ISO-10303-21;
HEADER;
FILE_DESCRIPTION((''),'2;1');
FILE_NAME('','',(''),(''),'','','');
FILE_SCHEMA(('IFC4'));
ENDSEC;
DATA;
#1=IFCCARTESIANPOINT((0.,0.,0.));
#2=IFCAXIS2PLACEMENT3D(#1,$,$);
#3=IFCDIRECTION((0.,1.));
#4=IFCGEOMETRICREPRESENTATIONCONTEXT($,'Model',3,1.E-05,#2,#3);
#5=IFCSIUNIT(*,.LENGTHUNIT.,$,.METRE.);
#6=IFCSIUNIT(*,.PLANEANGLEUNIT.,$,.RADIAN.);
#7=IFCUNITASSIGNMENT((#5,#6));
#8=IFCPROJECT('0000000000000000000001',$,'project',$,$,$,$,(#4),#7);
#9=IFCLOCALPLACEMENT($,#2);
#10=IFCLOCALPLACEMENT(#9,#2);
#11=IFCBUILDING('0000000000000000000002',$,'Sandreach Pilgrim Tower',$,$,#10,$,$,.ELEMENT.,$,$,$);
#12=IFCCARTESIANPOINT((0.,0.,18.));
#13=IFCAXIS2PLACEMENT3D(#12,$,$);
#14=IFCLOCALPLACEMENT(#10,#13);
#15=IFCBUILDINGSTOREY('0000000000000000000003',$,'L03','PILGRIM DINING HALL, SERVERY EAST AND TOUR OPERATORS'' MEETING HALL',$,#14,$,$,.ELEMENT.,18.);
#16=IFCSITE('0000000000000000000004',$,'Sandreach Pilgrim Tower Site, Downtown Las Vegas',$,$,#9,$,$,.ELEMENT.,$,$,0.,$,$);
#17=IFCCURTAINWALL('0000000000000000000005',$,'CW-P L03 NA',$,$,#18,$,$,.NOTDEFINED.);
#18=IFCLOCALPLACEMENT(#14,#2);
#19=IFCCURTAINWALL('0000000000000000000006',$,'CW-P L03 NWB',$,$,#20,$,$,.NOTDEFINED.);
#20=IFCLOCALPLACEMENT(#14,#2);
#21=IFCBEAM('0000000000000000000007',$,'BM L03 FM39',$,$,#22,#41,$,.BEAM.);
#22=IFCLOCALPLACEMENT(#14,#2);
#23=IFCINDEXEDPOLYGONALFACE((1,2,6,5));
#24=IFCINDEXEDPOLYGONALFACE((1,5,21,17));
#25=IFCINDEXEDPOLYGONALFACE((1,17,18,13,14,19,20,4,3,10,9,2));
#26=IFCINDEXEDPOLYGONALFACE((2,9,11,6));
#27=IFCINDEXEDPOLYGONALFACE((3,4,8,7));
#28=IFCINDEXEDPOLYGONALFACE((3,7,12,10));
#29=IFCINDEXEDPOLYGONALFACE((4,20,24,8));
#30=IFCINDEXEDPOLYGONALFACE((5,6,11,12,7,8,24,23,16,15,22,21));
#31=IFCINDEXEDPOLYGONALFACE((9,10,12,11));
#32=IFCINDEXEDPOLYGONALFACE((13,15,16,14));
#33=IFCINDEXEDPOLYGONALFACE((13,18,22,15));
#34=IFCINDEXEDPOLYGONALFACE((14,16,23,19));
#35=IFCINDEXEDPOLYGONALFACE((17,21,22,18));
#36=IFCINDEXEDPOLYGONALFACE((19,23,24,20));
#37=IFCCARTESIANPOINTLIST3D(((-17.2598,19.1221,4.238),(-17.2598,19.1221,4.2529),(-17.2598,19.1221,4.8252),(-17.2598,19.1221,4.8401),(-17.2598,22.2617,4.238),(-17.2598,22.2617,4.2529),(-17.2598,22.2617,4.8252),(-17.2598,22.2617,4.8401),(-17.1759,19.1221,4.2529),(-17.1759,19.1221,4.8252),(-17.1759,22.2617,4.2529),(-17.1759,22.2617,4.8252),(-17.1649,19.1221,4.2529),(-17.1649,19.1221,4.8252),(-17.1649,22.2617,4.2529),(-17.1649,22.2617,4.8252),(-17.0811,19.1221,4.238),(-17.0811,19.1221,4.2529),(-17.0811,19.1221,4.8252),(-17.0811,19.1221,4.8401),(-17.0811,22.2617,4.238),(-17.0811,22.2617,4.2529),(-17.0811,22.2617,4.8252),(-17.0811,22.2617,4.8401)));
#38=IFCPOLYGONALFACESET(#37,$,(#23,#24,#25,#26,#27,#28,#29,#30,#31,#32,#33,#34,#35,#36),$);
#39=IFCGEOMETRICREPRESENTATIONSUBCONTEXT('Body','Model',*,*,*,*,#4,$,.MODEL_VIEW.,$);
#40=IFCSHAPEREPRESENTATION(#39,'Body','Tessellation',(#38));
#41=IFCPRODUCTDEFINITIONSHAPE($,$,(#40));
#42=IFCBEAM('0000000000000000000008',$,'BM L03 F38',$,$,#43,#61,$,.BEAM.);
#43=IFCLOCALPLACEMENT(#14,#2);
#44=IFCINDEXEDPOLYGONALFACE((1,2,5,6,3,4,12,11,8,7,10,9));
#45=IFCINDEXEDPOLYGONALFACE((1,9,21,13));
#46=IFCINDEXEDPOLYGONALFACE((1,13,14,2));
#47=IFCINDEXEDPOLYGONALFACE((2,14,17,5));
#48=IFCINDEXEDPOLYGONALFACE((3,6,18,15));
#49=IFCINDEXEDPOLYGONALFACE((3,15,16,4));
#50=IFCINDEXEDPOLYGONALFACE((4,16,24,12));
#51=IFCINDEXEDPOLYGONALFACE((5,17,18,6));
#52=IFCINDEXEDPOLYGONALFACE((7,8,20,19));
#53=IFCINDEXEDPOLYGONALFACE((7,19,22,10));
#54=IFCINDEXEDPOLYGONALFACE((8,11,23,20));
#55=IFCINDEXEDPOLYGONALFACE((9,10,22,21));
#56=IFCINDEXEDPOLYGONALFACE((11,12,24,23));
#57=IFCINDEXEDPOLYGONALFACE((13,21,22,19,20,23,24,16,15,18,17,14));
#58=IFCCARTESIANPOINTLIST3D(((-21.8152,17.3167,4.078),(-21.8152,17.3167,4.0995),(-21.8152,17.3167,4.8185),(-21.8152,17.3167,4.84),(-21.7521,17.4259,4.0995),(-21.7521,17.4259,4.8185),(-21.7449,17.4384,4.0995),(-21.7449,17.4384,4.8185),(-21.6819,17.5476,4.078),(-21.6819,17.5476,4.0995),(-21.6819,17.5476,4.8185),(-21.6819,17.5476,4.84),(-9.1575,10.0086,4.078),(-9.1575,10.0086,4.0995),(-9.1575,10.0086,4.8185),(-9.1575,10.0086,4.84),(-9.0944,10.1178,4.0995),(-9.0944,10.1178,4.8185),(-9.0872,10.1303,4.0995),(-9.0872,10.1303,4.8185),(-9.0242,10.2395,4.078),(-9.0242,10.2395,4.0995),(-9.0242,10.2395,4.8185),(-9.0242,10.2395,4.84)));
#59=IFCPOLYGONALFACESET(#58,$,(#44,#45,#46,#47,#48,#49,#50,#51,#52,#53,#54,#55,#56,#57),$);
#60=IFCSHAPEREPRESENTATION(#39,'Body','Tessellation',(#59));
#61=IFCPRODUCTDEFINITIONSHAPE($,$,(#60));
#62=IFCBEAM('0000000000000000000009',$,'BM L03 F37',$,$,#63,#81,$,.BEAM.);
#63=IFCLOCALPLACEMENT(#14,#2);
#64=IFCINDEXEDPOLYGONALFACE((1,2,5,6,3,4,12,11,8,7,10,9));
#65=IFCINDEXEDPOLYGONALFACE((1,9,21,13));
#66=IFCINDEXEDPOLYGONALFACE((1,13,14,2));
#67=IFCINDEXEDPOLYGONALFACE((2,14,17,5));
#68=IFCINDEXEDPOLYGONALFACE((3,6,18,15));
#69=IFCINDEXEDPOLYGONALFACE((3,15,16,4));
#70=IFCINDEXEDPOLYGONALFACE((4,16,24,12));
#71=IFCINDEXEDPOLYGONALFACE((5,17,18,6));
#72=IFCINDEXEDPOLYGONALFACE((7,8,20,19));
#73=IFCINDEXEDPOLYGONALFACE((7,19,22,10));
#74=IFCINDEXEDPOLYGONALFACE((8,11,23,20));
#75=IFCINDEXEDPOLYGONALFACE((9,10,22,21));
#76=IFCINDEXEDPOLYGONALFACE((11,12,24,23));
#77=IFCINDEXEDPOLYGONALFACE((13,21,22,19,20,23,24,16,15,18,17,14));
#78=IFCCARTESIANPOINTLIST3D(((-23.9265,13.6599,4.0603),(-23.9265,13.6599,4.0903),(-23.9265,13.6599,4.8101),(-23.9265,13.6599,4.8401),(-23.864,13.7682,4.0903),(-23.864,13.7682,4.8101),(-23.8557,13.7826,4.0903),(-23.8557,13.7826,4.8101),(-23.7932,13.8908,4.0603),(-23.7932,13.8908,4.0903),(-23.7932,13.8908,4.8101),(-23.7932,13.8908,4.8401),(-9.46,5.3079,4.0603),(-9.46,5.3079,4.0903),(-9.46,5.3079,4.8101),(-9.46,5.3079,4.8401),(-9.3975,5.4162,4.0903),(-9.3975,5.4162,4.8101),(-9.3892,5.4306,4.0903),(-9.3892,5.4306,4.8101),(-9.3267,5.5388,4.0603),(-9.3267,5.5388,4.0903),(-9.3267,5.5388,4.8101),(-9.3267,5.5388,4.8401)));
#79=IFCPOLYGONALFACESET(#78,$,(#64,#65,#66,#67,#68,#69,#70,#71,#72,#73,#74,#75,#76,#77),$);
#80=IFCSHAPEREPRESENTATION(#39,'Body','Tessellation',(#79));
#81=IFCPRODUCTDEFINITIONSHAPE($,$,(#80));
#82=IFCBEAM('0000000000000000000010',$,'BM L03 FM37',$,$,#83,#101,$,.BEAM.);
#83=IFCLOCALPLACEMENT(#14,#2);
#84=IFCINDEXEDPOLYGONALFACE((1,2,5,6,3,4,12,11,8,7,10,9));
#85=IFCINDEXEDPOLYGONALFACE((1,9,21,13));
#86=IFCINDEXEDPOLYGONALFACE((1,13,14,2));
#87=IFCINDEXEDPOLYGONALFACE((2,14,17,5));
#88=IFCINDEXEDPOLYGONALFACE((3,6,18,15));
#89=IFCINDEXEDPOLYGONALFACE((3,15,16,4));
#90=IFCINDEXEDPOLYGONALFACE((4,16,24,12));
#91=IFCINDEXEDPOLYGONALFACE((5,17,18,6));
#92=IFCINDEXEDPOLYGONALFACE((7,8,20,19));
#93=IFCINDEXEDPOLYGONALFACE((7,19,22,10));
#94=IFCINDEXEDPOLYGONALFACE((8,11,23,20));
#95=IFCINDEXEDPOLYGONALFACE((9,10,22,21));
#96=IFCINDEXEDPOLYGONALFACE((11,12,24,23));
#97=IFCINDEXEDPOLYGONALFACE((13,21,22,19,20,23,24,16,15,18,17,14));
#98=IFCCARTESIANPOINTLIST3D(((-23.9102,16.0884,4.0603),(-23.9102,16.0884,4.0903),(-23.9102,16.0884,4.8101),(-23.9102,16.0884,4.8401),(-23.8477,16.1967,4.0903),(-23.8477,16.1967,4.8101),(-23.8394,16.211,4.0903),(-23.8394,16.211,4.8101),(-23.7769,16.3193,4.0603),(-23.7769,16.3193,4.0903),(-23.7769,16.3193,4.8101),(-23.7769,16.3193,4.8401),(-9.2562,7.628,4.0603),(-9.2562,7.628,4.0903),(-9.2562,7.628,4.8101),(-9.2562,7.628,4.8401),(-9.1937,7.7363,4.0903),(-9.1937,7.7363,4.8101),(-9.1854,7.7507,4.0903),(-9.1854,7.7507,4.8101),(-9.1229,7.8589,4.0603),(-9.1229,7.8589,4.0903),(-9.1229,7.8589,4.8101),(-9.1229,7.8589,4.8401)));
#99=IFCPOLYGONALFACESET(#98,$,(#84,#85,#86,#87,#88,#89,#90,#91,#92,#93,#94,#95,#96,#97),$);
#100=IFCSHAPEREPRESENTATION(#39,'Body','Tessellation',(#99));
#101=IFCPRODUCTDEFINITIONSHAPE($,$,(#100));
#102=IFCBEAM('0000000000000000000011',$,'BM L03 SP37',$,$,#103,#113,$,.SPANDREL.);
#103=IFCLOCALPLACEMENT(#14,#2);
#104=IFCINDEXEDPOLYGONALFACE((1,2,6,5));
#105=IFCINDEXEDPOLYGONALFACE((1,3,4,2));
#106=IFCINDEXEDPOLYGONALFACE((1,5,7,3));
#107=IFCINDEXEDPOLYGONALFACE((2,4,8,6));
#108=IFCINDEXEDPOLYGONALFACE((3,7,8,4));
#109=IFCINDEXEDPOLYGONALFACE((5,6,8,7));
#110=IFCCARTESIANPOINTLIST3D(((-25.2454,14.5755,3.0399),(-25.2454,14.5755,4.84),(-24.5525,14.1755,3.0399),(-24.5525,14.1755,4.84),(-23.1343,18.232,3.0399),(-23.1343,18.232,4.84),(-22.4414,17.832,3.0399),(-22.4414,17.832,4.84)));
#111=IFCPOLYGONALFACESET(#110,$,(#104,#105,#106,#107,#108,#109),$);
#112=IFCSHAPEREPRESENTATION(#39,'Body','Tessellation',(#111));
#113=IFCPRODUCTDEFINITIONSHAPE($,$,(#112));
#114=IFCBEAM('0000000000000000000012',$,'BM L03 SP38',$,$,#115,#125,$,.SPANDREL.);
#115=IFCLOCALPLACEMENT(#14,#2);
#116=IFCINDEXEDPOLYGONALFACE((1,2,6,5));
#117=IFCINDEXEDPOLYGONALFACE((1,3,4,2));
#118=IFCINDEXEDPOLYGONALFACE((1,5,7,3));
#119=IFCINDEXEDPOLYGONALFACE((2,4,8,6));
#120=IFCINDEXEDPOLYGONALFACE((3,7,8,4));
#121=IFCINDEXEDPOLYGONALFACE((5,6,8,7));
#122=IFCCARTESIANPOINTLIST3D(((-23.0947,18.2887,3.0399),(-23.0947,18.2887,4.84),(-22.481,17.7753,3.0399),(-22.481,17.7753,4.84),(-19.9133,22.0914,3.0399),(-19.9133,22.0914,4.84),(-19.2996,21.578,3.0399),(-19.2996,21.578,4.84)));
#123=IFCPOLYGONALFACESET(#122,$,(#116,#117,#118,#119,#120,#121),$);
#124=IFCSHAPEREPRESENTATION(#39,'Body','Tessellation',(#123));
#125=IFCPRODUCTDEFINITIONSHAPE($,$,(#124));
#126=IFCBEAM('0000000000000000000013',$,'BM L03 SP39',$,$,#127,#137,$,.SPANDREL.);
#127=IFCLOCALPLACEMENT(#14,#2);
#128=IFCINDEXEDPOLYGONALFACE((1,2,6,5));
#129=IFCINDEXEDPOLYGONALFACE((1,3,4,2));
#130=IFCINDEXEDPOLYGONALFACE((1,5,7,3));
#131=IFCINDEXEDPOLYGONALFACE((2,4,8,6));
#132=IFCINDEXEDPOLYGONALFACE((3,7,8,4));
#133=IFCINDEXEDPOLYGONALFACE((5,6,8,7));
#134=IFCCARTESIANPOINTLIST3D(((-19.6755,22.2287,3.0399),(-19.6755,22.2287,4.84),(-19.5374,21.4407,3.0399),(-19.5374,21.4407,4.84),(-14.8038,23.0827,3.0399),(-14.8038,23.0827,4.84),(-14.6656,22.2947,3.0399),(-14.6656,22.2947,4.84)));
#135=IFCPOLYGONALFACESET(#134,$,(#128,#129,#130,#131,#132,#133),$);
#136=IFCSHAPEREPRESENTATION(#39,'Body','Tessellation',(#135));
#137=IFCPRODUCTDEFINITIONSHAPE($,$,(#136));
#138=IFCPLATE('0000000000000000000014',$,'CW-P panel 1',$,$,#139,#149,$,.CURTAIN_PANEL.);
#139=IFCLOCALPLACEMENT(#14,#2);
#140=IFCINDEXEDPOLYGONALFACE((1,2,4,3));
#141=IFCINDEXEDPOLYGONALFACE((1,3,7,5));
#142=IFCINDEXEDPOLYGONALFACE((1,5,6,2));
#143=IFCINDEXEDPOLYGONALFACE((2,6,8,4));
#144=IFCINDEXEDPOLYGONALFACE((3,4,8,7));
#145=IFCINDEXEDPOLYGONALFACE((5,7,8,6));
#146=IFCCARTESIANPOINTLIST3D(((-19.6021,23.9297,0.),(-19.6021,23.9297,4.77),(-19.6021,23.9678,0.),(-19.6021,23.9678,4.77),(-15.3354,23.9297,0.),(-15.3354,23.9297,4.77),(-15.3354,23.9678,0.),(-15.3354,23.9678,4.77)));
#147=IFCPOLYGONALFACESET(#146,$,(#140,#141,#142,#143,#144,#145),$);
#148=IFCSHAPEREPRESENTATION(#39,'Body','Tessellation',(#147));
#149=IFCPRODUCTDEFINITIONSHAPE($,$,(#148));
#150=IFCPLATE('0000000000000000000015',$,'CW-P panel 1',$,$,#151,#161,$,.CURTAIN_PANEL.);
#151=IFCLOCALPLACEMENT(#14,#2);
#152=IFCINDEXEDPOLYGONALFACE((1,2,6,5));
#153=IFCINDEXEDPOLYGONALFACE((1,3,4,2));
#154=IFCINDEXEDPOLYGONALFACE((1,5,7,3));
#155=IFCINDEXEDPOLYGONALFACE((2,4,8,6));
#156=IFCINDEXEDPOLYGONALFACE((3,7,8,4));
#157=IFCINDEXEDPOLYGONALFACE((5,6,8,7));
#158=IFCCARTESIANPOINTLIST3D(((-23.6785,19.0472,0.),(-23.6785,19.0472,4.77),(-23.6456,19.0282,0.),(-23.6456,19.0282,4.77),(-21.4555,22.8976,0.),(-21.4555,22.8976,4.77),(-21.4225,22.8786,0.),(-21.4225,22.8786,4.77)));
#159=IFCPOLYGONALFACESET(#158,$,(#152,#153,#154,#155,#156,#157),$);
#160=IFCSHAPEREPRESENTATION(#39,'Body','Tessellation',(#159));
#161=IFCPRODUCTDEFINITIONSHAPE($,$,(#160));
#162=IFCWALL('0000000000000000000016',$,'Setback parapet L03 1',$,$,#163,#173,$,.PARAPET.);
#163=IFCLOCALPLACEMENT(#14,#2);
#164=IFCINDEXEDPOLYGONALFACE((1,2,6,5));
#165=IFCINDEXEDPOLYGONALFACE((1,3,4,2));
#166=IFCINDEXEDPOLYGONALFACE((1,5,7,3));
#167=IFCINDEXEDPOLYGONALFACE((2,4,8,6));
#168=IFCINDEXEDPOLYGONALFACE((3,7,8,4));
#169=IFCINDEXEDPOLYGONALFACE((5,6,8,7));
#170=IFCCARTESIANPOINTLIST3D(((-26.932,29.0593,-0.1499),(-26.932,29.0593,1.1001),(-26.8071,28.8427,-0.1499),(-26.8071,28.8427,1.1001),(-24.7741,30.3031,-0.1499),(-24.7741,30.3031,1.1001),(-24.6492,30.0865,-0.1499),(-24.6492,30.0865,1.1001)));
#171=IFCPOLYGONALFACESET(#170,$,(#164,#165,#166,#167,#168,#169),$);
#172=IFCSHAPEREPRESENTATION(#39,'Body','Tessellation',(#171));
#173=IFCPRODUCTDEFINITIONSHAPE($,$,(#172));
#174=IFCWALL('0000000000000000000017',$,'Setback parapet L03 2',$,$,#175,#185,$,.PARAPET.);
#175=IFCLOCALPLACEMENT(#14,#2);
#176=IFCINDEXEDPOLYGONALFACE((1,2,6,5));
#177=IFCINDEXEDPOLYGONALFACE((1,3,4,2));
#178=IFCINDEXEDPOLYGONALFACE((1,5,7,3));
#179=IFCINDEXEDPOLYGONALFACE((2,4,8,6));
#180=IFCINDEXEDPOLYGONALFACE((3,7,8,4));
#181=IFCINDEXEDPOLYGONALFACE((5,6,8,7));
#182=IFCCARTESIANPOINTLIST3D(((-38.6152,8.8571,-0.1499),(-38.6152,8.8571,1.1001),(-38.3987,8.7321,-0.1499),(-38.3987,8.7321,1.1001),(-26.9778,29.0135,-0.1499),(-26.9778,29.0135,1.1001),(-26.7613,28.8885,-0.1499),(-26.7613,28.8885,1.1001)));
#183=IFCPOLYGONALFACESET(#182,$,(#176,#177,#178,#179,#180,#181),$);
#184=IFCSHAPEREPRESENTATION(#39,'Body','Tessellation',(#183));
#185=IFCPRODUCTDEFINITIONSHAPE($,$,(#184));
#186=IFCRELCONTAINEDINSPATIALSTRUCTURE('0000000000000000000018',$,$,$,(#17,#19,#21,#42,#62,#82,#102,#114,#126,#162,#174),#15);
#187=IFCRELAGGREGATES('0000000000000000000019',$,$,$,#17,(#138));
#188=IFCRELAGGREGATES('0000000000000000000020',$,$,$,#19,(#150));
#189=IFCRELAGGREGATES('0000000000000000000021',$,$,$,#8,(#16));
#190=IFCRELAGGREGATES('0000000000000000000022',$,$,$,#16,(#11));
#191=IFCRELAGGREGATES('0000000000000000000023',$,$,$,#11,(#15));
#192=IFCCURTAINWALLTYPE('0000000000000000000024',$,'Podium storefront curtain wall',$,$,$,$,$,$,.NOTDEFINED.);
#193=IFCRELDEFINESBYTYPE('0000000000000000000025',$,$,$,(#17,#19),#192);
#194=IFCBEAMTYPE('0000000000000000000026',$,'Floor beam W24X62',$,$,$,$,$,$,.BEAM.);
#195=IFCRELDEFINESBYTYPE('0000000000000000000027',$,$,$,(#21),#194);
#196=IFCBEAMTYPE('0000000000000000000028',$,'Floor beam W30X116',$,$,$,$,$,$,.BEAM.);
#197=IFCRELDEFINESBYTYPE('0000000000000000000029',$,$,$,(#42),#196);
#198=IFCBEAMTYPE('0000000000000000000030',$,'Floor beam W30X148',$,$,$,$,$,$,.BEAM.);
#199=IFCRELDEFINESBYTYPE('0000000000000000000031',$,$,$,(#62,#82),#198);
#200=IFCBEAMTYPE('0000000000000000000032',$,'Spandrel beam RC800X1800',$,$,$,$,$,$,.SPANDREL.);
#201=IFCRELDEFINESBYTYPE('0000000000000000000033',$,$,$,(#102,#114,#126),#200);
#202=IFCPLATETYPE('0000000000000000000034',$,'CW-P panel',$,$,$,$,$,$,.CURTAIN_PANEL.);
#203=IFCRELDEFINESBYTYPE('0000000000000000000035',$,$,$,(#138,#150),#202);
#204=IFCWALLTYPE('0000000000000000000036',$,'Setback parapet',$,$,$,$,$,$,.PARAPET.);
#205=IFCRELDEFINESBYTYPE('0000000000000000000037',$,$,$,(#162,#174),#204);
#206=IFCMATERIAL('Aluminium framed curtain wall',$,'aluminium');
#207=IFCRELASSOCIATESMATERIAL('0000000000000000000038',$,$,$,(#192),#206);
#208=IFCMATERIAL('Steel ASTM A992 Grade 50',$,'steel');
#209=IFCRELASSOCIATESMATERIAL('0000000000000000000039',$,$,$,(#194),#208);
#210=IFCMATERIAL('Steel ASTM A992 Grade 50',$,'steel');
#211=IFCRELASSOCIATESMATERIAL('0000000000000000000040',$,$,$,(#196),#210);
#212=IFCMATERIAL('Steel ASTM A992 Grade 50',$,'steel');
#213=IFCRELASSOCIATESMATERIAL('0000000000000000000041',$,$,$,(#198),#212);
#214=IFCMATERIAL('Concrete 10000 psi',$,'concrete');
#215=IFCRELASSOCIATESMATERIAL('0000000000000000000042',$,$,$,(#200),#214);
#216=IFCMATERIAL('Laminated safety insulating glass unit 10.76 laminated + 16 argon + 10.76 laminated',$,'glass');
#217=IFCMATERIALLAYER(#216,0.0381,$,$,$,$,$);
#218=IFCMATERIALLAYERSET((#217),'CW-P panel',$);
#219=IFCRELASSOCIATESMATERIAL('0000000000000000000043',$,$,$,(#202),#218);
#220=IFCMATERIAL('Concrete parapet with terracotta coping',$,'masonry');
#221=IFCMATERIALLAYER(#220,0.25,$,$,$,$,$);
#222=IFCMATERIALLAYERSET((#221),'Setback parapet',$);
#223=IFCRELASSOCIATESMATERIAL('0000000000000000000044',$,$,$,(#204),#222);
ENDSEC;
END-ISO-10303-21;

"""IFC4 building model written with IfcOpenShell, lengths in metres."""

from ifc_helpers import new_model, si_unit, direction, frame, frame_2d, origin, origin_2d, place, context, subcontext, project, spatial, rectangle, i_section, extrude, material, layer, layer_set, material_profile, profile_set, type_object, element, aggregate, save


model = new_model("IFC4")

# Units and contexts
model_context = context("Model", 3, precision=1e-05, world=origin(), true_north=direction((0.0, 1.0)))
body_context = subcontext(model_context, "Body", "Model", "MODEL_VIEW")
ifc_project = project(units=[si_unit("LENGTHUNIT", "METRE"), si_unit("PLANEANGLEUNIT", "RADIAN")], contexts=[model_context])

# Site, building, storey
site_placement = place(None, origin())
site = spatial("IfcSite", under=ifc_project, at=site_placement, Name="Sandreach Pilgrim Tower Site, Downtown Las Vegas", CompositionType="ELEMENT", RefElevation=0.0)
building_placement = place(site_placement, origin())
building = spatial("IfcBuilding", under=site, at=building_placement, Name="Sandreach Pilgrim Tower", CompositionType="ELEMENT")
storey_placement = place(building_placement, frame((0.0, 0.0, 18.0)))
storey = spatial("IfcBuildingStorey", under=building, at=storey_placement, Name="L03", Description="PILGRIM DINING HALL, SERVERY EAST AND TOUR OPERATORS' MEETING HALL", CompositionType="ELEMENT", Elevation=18.0)

# Curtain wall
ifc_material_1 = material(Name="Aluminium framed curtain wall", Category="aluminium")
curtain_wall_type = type_object("IfcCurtainWallType", Name="Podium storefront curtain wall", PredefinedType="NOTDEFINED", material=ifc_material_1)
curtain_wall_1_placement = place(storey_placement, origin())
curtain_wall_1 = element("IfcCurtainWall", 1, at=curtain_wall_1_placement, inside=storey, type_object=curtain_wall_type, Name="CW-P L03 NA", PredefinedType="NOTDEFINED")

# Curtain wall
curtain_wall_2_placement = place(storey_placement, origin())
curtain_wall_2 = element("IfcCurtainWall", 2, at=curtain_wall_2_placement, inside=storey, type_object=curtain_wall_type, Name="CW-P L03 NWB", PredefinedType="NOTDEFINED")

# Beams
ifc_material_2 = material(Name="Steel ASTM A992 Grade 50", Category="steel")
ifc_material_profile_1 = material_profile(ifc_material_2, i_section(OverallWidth=0.1787, OverallDepth=0.6021, WebThickness=0.011, FlangeThickness=0.0149, at=origin_2d()), Name="W24X62")
ifc_profile_set_1 = profile_set([ifc_material_profile_1], Name="Steel ASTM A992 Grade 50")
beam_type_1 = type_object("IfcBeamType", Name="Floor beam W24X62", PredefinedType="BEAM", material=ifc_profile_set_1)
beam_1_placement = place(storey_placement, frame((-17.1704, 22.2617, 4.5391), z_axis=(0.0, -1.0, 0.0), x_axis=(1.0, 0.0, 0.0)))
element("IfcBeam", 3, at=beam_1_placement, inside=storey, type_object=beam_type_1, Name="BM L03 FM39", PredefinedType="BEAM", context=body_context, shape_type="SweptSolid", body=[
    extrude(i_section(OverallWidth=0.1787, OverallDepth=0.6021, WebThickness=0.011, FlangeThickness=0.0149, at=origin_2d()), origin(), (0.0, 0.0, 1.0), 3.1396),
])
ifc_material_3 = material(Name="Steel ASTM A992 Grade 50", Category="steel")
ifc_material_profile_2 = material_profile(ifc_material_3, i_section(OverallWidth=0.2666, OverallDepth=0.762, WebThickness=0.0144, FlangeThickness=0.0215, at=origin_2d()), Name="W30X116")
ifc_profile_set_2 = profile_set([ifc_material_profile_2], Name="Steel ASTM A992 Grade 50")
beam_type_2 = type_object("IfcBeamType", Name="Floor beam W30X116", PredefinedType="BEAM", material=ifc_profile_set_2)
beam_2_placement = place(storey_placement, frame((-21.7485, 17.4321, 4.459), z_axis=(0.86602, -0.500009, 0.0), x_axis=(0.500009, 0.86602, 0.0)))
element("IfcBeam", 4, at=beam_2_placement, inside=storey, type_object=beam_type_2, Name="BM L03 F38", PredefinedType="BEAM", context=body_context, shape_type="SweptSolid", body=[
    extrude(i_section(OverallWidth=0.2666, OverallDepth=0.762, WebThickness=0.0144, FlangeThickness=0.0215, at=origin_2d()), origin(), (0.0, 0.0, 1.0), 14.616),
])
ifc_material_4 = material(Name="Steel ASTM A992 Grade 50", Category="steel")
ifc_material_profile_3 = material_profile(ifc_material_4, i_section(OverallWidth=0.2666, OverallDepth=0.7798, WebThickness=0.0166, FlangeThickness=0.03, at=origin_2d()), Name="W30X148")
ifc_profile_set_3 = profile_set([ifc_material_profile_3], Name="Steel ASTM A992 Grade 50")
beam_type_3 = type_object("IfcBeamType", Name="Floor beam W30X148", PredefinedType="BEAM", material=ifc_profile_set_3)
beam_3_placement = place(storey_placement, frame((-23.8599, 13.7754, 4.4502), z_axis=(0.866031, -0.49999, 0.0), x_axis=(0.49999, 0.866031, 0.0)))
element("IfcBeam", 5, at=beam_3_placement, inside=storey, type_object=beam_type_3, Name="BM L03 F37", PredefinedType="BEAM", context=body_context, shape_type="SweptSolid", body=[
    extrude(i_section(OverallWidth=0.2666, OverallDepth=0.7798, WebThickness=0.0166, FlangeThickness=0.03, at=origin_2d()), origin(), (0.0, 0.0, 1.0), 16.7043),
])
beam_4_placement = place(storey_placement, frame((-23.8435, 16.2039, 4.4502), z_axis=(0.866027, -0.499997, 0.0), x_axis=(0.499997, 0.866027, 0.0)))
element("IfcBeam", 6, at=beam_4_placement, inside=storey, type_object=beam_type_3, Name="BM L03 FM37", PredefinedType="BEAM", context=body_context, shape_type="SweptSolid", body=[
    extrude(i_section(OverallWidth=0.2666, OverallDepth=0.7798, WebThickness=0.0166, FlangeThickness=0.03, at=origin_2d()), origin(), (0.0, 0.0, 1.0), 16.9209),
])
ifc_material_5 = material(Name="Concrete 10000 psi", Category="concrete")
ifc_material_profile_4 = material_profile(ifc_material_5, rectangle(XDim=0.8, YDim=1.8, at=origin_2d()), Name="RC800X1800")
ifc_profile_set_4 = profile_set([ifc_material_profile_4], Name="Concrete 10000 psi")
beam_type_4 = type_object("IfcBeamType", Name="Spandrel beam RC800X1800", PredefinedType="SPANDREL", material=ifc_profile_set_4)
beam_5_placement = place(storey_placement, frame((-24.8989, 14.3755, 3.9399), z_axis=(0.500001, 0.866025, 0.0), x_axis=(-0.866025, 0.500001, 0.0)))
element("IfcBeam", 7, at=beam_5_placement, inside=storey, type_object=beam_type_4, Name="BM L03 SP37", PredefinedType="SPANDREL", context=body_context, shape_type="SweptSolid", body=[
    extrude(rectangle(XDim=0.8, YDim=1.8, at=origin_2d()), origin(), (0.0, 0.0, 1.0), 4.2222),
])
beam_6_placement = place(storey_placement, frame((-22.7878, 18.032, 3.9399), z_axis=(0.641665, 0.766985, 0.0), x_axis=(-0.766985, 0.641665, 0.0)))
element("IfcBeam", 8, at=beam_6_placement, inside=storey, type_object=beam_type_4, Name="BM L03 SP38", PredefinedType="SPANDREL", context=body_context, shape_type="SweptSolid", body=[
    extrude(rectangle(XDim=0.8, YDim=1.8, at=origin_2d()), origin(), (0.0, 0.0, 1.0), 4.958),
])
beam_7_placement = place(storey_placement, frame((-19.6064, 21.8347, 3.9399), z_axis=(0.984981, 0.172662, 0.0), x_axis=(-0.172662, 0.984981, 0.0)))
element("IfcBeam", 9, at=beam_7_placement, inside=storey, type_object=beam_type_4, Name="BM L03 SP39", PredefinedType="SPANDREL", context=body_context, shape_type="SweptSolid", body=[
    extrude(rectangle(XDim=0.8, YDim=1.8, at=origin_2d()), origin(), (0.0, 0.0, 1.0), 4.946),
])

# Plates
ifc_material_6 = material(Name="Laminated safety insulating glass unit 10.76 laminated + 16 argon + 10.76 laminated", Category="glass")
ifc_layer_1 = layer(ifc_material_6, 0.0381)
ifc_layer_set_1 = layer_set([ifc_layer_1], Name="CW-P panel")
plate_type = type_object("IfcPlateType", Name="CW-P panel", PredefinedType="CURTAIN_PANEL", material=ifc_layer_set_1)
plate_1_placement = place(storey_placement, frame((-17.4688, 23.9487, 0.0), z_axis=(0.0, 0.0, 1.0), x_axis=(1.0, 0.0, 0.0)))
plate_1 = element("IfcPlate", 10, at=plate_1_placement, type_object=plate_type, Name="CW-P panel 1", PredefinedType="CURTAIN_PANEL", context=body_context, shape_type="SweptSolid", body=[
    extrude(rectangle(XDim=4.2666, YDim=0.0381, at=origin_2d()), origin(), (0.0, 0.0, 1.0), 4.77),
])
aggregate(curtain_wall_1, [plate_1])
plate_2_placement = place(storey_placement, frame((-22.5505, 20.9629, 0.0), z_axis=(0.0, 0.0, 1.0), x_axis=(0.5, 0.866025, 0.0)))
plate_2 = element("IfcPlate", 11, at=plate_2_placement, type_object=plate_type, Name="CW-P panel 1", PredefinedType="CURTAIN_PANEL", context=body_context, shape_type="SweptSolid", body=[
    extrude(rectangle(XDim=4.446, YDim=0.0381, at=origin_2d()), origin(), (0.0, 0.0, 1.0), 4.77),
])
aggregate(curtain_wall_2, [plate_2])

# Walls
ifc_material_7 = material(Name="Concrete parapet with terracotta coping", Category="masonry")
ifc_layer_2 = layer(ifc_material_7, 0.25)
ifc_layer_set_2 = layer_set([ifc_layer_2], Name="Setback parapet")
wall_type_1 = type_object("IfcWallType", Name="Setback parapet", PredefinedType="PARAPET", material=ifc_layer_set_2)
wall_1_placement = place(storey_placement, frame((-24.7117, 30.1948, -0.1499), z_axis=(0.0, 0.0, 1.0), x_axis=(-0.866373, -0.499397, 0.0)))
element("IfcWall", 12, at=wall_1_placement, inside=storey, type_object=wall_type_1, Name="Setback parapet L03 1", PredefinedType="PARAPET", context=body_context, shape_type="SweptSolid", body=[
    extrude(rectangle(XDim=2.4907, YDim=0.25, at=frame_2d((1.2454, 0.0))), origin(), (0.0, 0.0, 1.0), 1.25),
])
wall_2_placement = place(storey_placement, frame((-26.8696, 28.9509, -0.1499), z_axis=(0.0, 0.0, 1.0), x_axis=(-0.500003, -0.866024, 0.0)))
element("IfcWall", 13, at=wall_2_placement, inside=storey, type_object=wall_type_1, Name="Setback parapet L03 2", PredefinedType="PARAPET", context=body_context, shape_type="SweptSolid", body=[
    extrude(rectangle(XDim=23.2747, YDim=0.25, at=frame_2d((11.6372, 0.0))), origin(), (0.0, 0.0, 1.0), 1.25),
])

save(model, "model.ifc")
